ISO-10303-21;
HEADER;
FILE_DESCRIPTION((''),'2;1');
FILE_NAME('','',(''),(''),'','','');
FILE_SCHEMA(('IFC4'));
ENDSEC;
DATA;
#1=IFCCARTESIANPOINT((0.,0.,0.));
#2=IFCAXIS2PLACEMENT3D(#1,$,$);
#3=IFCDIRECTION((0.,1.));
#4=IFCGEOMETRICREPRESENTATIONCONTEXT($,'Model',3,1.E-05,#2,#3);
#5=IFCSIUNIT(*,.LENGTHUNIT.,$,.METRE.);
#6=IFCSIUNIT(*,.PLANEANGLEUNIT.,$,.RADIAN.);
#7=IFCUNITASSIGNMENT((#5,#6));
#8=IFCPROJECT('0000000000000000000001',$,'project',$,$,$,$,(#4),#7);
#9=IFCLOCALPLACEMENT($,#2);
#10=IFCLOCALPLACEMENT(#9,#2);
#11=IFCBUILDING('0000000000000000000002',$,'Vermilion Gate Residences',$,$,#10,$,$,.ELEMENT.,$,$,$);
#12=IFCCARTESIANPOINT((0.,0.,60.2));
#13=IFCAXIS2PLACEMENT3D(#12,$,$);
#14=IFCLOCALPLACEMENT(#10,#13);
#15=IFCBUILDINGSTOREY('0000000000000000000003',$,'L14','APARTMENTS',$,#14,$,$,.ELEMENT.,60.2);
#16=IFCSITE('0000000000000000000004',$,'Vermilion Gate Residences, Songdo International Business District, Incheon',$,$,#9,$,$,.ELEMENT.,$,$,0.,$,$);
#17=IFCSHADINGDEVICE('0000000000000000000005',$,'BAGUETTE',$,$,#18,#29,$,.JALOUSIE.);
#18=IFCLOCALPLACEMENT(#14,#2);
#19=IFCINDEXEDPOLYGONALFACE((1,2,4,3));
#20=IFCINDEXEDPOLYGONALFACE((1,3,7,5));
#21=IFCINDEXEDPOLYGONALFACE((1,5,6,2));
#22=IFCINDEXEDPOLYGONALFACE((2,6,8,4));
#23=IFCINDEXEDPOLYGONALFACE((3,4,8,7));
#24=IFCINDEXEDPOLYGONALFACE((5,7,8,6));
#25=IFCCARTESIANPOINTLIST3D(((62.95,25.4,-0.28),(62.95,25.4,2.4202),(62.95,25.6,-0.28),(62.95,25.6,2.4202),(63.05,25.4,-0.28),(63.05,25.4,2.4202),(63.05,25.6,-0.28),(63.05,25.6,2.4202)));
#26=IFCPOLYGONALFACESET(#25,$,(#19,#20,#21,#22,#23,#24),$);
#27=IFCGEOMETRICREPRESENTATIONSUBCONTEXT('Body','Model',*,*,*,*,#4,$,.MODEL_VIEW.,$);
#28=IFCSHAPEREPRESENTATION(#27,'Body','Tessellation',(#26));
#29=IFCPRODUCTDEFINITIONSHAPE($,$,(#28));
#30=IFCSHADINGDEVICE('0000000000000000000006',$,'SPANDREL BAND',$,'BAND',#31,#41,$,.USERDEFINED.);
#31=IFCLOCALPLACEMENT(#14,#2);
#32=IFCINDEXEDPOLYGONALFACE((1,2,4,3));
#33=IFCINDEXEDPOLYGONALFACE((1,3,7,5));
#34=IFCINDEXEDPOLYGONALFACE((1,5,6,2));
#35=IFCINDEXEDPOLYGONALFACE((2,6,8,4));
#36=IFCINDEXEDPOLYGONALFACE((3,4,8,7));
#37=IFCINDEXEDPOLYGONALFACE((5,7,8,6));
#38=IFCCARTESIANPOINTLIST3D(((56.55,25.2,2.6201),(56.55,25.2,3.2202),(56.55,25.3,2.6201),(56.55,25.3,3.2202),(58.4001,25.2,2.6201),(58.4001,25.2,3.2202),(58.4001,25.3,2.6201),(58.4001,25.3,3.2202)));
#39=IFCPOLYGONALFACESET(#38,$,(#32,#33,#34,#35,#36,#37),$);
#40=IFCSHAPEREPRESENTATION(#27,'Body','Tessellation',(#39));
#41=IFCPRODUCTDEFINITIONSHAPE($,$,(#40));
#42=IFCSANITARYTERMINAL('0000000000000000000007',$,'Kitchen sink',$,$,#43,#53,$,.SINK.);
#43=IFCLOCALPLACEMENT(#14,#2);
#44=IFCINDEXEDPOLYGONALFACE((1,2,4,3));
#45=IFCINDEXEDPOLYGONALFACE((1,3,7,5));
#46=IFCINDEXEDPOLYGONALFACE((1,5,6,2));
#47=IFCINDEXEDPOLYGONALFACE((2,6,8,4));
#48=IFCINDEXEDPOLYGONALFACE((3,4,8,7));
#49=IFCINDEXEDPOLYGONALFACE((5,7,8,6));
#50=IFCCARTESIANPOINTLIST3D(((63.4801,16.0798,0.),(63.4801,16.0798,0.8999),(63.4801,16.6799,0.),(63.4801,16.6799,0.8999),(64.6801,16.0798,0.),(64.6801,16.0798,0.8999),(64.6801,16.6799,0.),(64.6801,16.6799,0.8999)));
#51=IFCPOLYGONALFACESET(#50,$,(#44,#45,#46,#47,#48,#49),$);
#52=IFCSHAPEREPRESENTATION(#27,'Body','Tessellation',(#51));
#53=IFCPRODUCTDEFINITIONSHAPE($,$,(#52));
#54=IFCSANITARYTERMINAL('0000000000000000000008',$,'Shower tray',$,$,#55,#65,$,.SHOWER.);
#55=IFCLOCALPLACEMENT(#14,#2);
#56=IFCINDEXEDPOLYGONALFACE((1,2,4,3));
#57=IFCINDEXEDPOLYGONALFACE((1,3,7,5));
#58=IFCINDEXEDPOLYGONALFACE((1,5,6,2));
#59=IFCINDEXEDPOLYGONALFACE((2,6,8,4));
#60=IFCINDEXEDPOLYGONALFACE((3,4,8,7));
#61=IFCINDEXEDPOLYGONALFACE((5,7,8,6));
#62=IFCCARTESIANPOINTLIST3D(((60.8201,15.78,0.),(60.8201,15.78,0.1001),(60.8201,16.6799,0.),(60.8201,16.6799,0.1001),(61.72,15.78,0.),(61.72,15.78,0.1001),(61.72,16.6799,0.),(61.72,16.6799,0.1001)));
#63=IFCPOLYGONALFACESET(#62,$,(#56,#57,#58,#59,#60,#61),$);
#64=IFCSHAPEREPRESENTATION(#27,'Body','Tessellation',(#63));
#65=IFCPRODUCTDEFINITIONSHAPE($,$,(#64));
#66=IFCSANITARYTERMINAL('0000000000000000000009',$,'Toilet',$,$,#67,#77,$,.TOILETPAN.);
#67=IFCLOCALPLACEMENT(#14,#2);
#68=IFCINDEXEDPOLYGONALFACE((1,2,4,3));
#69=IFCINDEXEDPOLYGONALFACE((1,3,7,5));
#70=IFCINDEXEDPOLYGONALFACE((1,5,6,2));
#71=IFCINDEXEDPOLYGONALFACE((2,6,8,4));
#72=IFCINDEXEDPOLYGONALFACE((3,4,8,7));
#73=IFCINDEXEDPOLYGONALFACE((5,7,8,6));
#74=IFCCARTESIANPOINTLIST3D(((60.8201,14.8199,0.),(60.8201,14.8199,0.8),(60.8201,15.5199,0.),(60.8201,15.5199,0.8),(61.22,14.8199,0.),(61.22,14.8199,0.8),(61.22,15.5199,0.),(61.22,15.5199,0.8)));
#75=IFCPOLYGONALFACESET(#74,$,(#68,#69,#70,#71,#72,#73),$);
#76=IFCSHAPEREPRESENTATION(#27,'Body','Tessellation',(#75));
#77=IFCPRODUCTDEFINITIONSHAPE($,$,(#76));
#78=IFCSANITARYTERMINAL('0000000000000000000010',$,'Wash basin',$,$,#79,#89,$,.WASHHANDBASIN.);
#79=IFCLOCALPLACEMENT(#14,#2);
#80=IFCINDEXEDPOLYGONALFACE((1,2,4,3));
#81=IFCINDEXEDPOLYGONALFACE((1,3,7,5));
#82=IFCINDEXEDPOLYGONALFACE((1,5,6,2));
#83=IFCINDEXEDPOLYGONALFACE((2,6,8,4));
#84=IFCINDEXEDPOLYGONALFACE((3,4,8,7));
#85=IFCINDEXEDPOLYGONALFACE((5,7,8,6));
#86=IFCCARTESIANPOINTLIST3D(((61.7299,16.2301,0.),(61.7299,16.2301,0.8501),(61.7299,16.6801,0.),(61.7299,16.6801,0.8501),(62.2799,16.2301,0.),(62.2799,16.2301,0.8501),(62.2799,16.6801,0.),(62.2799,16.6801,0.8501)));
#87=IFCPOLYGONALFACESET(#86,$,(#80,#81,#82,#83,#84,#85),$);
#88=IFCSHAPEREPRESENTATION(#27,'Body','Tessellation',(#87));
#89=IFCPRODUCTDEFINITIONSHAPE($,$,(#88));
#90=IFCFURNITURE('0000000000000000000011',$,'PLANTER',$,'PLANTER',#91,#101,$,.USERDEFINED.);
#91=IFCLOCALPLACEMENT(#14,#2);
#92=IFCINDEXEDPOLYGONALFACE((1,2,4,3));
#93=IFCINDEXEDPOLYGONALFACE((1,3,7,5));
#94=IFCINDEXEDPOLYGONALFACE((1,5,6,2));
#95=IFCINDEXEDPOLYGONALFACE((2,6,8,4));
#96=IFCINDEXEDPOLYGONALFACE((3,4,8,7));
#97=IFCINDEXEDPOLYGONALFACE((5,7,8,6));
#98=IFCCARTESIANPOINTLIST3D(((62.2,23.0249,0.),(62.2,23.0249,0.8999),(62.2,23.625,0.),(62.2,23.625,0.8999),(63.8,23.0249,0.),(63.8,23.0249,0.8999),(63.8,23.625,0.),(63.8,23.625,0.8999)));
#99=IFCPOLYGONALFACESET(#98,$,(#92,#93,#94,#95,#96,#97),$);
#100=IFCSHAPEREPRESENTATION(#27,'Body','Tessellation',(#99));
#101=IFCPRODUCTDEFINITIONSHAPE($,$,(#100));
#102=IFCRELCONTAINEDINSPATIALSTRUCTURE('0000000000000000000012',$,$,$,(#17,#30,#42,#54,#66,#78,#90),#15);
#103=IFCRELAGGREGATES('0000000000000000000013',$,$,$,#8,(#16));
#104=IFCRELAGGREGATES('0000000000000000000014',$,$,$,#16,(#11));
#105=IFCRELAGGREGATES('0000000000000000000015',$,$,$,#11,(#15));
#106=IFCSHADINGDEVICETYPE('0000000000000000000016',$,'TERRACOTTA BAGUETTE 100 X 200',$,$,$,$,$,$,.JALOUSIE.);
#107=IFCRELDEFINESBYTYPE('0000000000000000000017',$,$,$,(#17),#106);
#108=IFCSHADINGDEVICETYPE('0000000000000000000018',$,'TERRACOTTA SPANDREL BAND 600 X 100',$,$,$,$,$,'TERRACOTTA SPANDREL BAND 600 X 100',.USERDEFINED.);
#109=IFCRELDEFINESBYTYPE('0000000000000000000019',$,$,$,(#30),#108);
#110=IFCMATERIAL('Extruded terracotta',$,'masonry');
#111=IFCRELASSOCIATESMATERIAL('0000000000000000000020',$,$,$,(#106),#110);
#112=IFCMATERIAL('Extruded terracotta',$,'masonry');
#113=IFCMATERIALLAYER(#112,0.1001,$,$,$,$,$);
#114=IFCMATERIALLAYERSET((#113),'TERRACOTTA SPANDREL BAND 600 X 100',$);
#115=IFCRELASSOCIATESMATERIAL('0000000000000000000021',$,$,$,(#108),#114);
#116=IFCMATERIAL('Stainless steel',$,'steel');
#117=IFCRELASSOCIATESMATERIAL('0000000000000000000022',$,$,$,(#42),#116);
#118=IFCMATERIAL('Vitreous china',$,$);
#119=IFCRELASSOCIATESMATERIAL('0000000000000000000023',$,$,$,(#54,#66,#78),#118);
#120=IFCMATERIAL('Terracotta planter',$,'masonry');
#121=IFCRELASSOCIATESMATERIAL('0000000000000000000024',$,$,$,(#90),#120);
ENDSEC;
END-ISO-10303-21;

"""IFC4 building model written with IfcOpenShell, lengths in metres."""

from ifc_helpers import new_model, si_unit, direction, frame, origin, origin_2d, place, context, subcontext, project, spatial, rectangle, extrude, material, layer, layer_set, material_profile, profile_set, type_object, element, save


model = new_model("IFC4")

# Units and contexts
model_context = context("Model", 3, precision=1e-05, world=origin(), true_north=direction((0.0, 1.0)))
body_context = subcontext(model_context, "Body", "Model", "MODEL_VIEW")
ifc_project = project(units=[si_unit("LENGTHUNIT", "METRE"), si_unit("PLANEANGLEUNIT", "RADIAN")], contexts=[model_context])

# Site, building, storey
site_placement = place(None, origin())
site = spatial("IfcSite", under=ifc_project, at=site_placement, Name="Vermilion Gate Residences, Songdo International Business District, Incheon", CompositionType="ELEMENT", RefElevation=0.0)
building_placement = place(site_placement, origin())
building = spatial("IfcBuilding", under=site, at=building_placement, Name="Vermilion Gate Residences", CompositionType="ELEMENT")
storey_placement = place(building_placement, frame((0.0, 0.0, 60.2)))
storey = spatial("IfcBuildingStorey", under=building, at=storey_placement, Name="L14", Description="APARTMENTS", CompositionType="ELEMENT", Elevation=60.2)

# Shading devices
ifc_material_1 = material(Name="Extruded terracotta", Category="masonry")
ifc_material_profile_1 = material_profile(ifc_material_1, rectangle(XDim=0.2, YDim=0.1001, at=origin_2d()), Name="BAGUETTE 100 X 200")
ifc_profile_set_1 = profile_set([ifc_material_profile_1], Name="Extruded terracotta")
shading_device_type_1 = type_object("IfcShadingDeviceType", Name="TERRACOTTA BAGUETTE 100 X 200", PredefinedType="JALOUSIE", material=ifc_profile_set_1)
for number, where, z_axis, x_axis, name in (
    (1, (63.0, 25.5, -0.28), (0.0, 0.0, 1.0), (0.0, -1.0, 0.0), "BAGUETTE"),
):
    element("IfcShadingDevice", number, at=place(storey_placement, frame(where, z_axis=z_axis, x_axis=x_axis)), inside=storey, type_object=shading_device_type_1, Name=name, PredefinedType="JALOUSIE", context=body_context, shape_type="SweptSolid", body=[
        extrude(rectangle(XDim=0.2, YDim=0.1001, at=origin_2d()), origin(), (0.0, 0.0, 1.0), 2.7002),
    ])
ifc_material_2 = material(Name="Extruded terracotta", Category="masonry")
ifc_layer_1 = layer(ifc_material_2, 0.1001)
ifc_layer_set_1 = layer_set([ifc_layer_1], Name="TERRACOTTA SPANDREL BAND 600 X 100")
shading_device_type_2 = type_object("IfcShadingDeviceType", Name="TERRACOTTA SPANDREL BAND 600 X 100", ElementType="TERRACOTTA SPANDREL BAND 600 X 100", PredefinedType="USERDEFINED", material=ifc_layer_set_1)
shading_device_1_placement = place(storey_placement, frame((57.4751, 25.25, 2.6201), z_axis=(0.0, 0.0, 1.0), x_axis=(1.0, 0.0, 0.0)))
element("IfcShadingDevice", 2, at=shading_device_1_placement, inside=storey, type_object=shading_device_type_2, Name="SPANDREL BAND", ObjectType="BAND", PredefinedType="USERDEFINED", context=body_context, shape_type="SweptSolid", body=[
    extrude(rectangle(XDim=1.8501, YDim=0.1001, at=origin_2d()), origin(), (0.0, 0.0, 1.0), 0.6001),
])

# Sanitary terminals
ifc_material_3 = material(Name="Stainless steel", Category="steel")
sanitary_terminal_1_placement = place(storey_placement, frame((64.0801, 16.3799, 0.0), z_axis=(0.0, 0.0, 1.0), x_axis=(1.0, 0.0, 0.0)))
element("IfcSanitaryTerminal", 3, at=sanitary_terminal_1_placement, inside=storey, material=ifc_material_3, Name="Kitchen sink", PredefinedType="SINK", context=body_context, shape_type="SweptSolid", body=[
    extrude(rectangle(XDim=1.2, YDim=0.6001, at=origin_2d()), origin(), (0.0, 0.0, 1.0), 0.8999),
])
ifc_material_4 = material(Name="Vitreous china")
sanitary_terminal_2_placement = place(storey_placement, frame((61.27, 16.23, 0.0), z_axis=(0.0, 0.0, 1.0), x_axis=(1.0, 0.0, 0.0)))
element("IfcSanitaryTerminal", 4, at=sanitary_terminal_2_placement, inside=storey, material=ifc_material_4, Name="Shower tray", PredefinedType="SHOWER", context=body_context, shape_type="SweptSolid", body=[
    extrude(rectangle(XDim=0.8999, YDim=0.8999, at=origin_2d()), origin(), (0.0, 0.0, 1.0), 0.1001),
])
sanitary_terminal_3_placement = place(storey_placement, frame((61.02, 15.1699, 0.0), z_axis=(0.0, 0.0, 1.0), x_axis=(1.0, 0.0, 0.0)))
element("IfcSanitaryTerminal", 5, at=sanitary_terminal_3_placement, inside=storey, material=ifc_material_4, Name="Toilet", PredefinedType="TOILETPAN", context=body_context, shape_type="SweptSolid", body=[
    extrude(rectangle(XDim=0.3999, YDim=0.7, at=origin_2d()), origin(), (0.0, 0.0, 1.0), 0.8),
])
sanitary_terminal_4_placement = place(storey_placement, frame((62.0049, 16.4551, 0.0), z_axis=(0.0, 0.0, 1.0), x_axis=(1.0, 0.0, 0.0)))
element("IfcSanitaryTerminal", 6, at=sanitary_terminal_4_placement, inside=storey, material=ifc_material_4, Name="Wash basin", PredefinedType="WASHHANDBASIN", context=body_context, shape_type="SweptSolid", body=[
    extrude(rectangle(XDim=0.55, YDim=0.45, at=origin_2d()), origin(), (0.0, 0.0, 1.0), 0.8501),
])

# Furniture
ifc_material_5 = material(Name="Terracotta planter", Category="masonry")
furniture_placement = place(storey_placement, frame((63.0, 23.325, 0.0), z_axis=(0.0, 0.0, 1.0), x_axis=(-1.0, 0.0, 0.0)))
element("IfcFurniture", 7, at=furniture_placement, inside=storey, material=ifc_material_5, Name="PLANTER", ObjectType="PLANTER", PredefinedType="USERDEFINED", context=body_context, shape_type="SweptSolid", body=[
    extrude(rectangle(XDim=1.6001, YDim=0.6001, at=origin_2d()), origin(), (0.0, 0.0, 1.0), 0.8999),
])

save(model, "model.ifc")
